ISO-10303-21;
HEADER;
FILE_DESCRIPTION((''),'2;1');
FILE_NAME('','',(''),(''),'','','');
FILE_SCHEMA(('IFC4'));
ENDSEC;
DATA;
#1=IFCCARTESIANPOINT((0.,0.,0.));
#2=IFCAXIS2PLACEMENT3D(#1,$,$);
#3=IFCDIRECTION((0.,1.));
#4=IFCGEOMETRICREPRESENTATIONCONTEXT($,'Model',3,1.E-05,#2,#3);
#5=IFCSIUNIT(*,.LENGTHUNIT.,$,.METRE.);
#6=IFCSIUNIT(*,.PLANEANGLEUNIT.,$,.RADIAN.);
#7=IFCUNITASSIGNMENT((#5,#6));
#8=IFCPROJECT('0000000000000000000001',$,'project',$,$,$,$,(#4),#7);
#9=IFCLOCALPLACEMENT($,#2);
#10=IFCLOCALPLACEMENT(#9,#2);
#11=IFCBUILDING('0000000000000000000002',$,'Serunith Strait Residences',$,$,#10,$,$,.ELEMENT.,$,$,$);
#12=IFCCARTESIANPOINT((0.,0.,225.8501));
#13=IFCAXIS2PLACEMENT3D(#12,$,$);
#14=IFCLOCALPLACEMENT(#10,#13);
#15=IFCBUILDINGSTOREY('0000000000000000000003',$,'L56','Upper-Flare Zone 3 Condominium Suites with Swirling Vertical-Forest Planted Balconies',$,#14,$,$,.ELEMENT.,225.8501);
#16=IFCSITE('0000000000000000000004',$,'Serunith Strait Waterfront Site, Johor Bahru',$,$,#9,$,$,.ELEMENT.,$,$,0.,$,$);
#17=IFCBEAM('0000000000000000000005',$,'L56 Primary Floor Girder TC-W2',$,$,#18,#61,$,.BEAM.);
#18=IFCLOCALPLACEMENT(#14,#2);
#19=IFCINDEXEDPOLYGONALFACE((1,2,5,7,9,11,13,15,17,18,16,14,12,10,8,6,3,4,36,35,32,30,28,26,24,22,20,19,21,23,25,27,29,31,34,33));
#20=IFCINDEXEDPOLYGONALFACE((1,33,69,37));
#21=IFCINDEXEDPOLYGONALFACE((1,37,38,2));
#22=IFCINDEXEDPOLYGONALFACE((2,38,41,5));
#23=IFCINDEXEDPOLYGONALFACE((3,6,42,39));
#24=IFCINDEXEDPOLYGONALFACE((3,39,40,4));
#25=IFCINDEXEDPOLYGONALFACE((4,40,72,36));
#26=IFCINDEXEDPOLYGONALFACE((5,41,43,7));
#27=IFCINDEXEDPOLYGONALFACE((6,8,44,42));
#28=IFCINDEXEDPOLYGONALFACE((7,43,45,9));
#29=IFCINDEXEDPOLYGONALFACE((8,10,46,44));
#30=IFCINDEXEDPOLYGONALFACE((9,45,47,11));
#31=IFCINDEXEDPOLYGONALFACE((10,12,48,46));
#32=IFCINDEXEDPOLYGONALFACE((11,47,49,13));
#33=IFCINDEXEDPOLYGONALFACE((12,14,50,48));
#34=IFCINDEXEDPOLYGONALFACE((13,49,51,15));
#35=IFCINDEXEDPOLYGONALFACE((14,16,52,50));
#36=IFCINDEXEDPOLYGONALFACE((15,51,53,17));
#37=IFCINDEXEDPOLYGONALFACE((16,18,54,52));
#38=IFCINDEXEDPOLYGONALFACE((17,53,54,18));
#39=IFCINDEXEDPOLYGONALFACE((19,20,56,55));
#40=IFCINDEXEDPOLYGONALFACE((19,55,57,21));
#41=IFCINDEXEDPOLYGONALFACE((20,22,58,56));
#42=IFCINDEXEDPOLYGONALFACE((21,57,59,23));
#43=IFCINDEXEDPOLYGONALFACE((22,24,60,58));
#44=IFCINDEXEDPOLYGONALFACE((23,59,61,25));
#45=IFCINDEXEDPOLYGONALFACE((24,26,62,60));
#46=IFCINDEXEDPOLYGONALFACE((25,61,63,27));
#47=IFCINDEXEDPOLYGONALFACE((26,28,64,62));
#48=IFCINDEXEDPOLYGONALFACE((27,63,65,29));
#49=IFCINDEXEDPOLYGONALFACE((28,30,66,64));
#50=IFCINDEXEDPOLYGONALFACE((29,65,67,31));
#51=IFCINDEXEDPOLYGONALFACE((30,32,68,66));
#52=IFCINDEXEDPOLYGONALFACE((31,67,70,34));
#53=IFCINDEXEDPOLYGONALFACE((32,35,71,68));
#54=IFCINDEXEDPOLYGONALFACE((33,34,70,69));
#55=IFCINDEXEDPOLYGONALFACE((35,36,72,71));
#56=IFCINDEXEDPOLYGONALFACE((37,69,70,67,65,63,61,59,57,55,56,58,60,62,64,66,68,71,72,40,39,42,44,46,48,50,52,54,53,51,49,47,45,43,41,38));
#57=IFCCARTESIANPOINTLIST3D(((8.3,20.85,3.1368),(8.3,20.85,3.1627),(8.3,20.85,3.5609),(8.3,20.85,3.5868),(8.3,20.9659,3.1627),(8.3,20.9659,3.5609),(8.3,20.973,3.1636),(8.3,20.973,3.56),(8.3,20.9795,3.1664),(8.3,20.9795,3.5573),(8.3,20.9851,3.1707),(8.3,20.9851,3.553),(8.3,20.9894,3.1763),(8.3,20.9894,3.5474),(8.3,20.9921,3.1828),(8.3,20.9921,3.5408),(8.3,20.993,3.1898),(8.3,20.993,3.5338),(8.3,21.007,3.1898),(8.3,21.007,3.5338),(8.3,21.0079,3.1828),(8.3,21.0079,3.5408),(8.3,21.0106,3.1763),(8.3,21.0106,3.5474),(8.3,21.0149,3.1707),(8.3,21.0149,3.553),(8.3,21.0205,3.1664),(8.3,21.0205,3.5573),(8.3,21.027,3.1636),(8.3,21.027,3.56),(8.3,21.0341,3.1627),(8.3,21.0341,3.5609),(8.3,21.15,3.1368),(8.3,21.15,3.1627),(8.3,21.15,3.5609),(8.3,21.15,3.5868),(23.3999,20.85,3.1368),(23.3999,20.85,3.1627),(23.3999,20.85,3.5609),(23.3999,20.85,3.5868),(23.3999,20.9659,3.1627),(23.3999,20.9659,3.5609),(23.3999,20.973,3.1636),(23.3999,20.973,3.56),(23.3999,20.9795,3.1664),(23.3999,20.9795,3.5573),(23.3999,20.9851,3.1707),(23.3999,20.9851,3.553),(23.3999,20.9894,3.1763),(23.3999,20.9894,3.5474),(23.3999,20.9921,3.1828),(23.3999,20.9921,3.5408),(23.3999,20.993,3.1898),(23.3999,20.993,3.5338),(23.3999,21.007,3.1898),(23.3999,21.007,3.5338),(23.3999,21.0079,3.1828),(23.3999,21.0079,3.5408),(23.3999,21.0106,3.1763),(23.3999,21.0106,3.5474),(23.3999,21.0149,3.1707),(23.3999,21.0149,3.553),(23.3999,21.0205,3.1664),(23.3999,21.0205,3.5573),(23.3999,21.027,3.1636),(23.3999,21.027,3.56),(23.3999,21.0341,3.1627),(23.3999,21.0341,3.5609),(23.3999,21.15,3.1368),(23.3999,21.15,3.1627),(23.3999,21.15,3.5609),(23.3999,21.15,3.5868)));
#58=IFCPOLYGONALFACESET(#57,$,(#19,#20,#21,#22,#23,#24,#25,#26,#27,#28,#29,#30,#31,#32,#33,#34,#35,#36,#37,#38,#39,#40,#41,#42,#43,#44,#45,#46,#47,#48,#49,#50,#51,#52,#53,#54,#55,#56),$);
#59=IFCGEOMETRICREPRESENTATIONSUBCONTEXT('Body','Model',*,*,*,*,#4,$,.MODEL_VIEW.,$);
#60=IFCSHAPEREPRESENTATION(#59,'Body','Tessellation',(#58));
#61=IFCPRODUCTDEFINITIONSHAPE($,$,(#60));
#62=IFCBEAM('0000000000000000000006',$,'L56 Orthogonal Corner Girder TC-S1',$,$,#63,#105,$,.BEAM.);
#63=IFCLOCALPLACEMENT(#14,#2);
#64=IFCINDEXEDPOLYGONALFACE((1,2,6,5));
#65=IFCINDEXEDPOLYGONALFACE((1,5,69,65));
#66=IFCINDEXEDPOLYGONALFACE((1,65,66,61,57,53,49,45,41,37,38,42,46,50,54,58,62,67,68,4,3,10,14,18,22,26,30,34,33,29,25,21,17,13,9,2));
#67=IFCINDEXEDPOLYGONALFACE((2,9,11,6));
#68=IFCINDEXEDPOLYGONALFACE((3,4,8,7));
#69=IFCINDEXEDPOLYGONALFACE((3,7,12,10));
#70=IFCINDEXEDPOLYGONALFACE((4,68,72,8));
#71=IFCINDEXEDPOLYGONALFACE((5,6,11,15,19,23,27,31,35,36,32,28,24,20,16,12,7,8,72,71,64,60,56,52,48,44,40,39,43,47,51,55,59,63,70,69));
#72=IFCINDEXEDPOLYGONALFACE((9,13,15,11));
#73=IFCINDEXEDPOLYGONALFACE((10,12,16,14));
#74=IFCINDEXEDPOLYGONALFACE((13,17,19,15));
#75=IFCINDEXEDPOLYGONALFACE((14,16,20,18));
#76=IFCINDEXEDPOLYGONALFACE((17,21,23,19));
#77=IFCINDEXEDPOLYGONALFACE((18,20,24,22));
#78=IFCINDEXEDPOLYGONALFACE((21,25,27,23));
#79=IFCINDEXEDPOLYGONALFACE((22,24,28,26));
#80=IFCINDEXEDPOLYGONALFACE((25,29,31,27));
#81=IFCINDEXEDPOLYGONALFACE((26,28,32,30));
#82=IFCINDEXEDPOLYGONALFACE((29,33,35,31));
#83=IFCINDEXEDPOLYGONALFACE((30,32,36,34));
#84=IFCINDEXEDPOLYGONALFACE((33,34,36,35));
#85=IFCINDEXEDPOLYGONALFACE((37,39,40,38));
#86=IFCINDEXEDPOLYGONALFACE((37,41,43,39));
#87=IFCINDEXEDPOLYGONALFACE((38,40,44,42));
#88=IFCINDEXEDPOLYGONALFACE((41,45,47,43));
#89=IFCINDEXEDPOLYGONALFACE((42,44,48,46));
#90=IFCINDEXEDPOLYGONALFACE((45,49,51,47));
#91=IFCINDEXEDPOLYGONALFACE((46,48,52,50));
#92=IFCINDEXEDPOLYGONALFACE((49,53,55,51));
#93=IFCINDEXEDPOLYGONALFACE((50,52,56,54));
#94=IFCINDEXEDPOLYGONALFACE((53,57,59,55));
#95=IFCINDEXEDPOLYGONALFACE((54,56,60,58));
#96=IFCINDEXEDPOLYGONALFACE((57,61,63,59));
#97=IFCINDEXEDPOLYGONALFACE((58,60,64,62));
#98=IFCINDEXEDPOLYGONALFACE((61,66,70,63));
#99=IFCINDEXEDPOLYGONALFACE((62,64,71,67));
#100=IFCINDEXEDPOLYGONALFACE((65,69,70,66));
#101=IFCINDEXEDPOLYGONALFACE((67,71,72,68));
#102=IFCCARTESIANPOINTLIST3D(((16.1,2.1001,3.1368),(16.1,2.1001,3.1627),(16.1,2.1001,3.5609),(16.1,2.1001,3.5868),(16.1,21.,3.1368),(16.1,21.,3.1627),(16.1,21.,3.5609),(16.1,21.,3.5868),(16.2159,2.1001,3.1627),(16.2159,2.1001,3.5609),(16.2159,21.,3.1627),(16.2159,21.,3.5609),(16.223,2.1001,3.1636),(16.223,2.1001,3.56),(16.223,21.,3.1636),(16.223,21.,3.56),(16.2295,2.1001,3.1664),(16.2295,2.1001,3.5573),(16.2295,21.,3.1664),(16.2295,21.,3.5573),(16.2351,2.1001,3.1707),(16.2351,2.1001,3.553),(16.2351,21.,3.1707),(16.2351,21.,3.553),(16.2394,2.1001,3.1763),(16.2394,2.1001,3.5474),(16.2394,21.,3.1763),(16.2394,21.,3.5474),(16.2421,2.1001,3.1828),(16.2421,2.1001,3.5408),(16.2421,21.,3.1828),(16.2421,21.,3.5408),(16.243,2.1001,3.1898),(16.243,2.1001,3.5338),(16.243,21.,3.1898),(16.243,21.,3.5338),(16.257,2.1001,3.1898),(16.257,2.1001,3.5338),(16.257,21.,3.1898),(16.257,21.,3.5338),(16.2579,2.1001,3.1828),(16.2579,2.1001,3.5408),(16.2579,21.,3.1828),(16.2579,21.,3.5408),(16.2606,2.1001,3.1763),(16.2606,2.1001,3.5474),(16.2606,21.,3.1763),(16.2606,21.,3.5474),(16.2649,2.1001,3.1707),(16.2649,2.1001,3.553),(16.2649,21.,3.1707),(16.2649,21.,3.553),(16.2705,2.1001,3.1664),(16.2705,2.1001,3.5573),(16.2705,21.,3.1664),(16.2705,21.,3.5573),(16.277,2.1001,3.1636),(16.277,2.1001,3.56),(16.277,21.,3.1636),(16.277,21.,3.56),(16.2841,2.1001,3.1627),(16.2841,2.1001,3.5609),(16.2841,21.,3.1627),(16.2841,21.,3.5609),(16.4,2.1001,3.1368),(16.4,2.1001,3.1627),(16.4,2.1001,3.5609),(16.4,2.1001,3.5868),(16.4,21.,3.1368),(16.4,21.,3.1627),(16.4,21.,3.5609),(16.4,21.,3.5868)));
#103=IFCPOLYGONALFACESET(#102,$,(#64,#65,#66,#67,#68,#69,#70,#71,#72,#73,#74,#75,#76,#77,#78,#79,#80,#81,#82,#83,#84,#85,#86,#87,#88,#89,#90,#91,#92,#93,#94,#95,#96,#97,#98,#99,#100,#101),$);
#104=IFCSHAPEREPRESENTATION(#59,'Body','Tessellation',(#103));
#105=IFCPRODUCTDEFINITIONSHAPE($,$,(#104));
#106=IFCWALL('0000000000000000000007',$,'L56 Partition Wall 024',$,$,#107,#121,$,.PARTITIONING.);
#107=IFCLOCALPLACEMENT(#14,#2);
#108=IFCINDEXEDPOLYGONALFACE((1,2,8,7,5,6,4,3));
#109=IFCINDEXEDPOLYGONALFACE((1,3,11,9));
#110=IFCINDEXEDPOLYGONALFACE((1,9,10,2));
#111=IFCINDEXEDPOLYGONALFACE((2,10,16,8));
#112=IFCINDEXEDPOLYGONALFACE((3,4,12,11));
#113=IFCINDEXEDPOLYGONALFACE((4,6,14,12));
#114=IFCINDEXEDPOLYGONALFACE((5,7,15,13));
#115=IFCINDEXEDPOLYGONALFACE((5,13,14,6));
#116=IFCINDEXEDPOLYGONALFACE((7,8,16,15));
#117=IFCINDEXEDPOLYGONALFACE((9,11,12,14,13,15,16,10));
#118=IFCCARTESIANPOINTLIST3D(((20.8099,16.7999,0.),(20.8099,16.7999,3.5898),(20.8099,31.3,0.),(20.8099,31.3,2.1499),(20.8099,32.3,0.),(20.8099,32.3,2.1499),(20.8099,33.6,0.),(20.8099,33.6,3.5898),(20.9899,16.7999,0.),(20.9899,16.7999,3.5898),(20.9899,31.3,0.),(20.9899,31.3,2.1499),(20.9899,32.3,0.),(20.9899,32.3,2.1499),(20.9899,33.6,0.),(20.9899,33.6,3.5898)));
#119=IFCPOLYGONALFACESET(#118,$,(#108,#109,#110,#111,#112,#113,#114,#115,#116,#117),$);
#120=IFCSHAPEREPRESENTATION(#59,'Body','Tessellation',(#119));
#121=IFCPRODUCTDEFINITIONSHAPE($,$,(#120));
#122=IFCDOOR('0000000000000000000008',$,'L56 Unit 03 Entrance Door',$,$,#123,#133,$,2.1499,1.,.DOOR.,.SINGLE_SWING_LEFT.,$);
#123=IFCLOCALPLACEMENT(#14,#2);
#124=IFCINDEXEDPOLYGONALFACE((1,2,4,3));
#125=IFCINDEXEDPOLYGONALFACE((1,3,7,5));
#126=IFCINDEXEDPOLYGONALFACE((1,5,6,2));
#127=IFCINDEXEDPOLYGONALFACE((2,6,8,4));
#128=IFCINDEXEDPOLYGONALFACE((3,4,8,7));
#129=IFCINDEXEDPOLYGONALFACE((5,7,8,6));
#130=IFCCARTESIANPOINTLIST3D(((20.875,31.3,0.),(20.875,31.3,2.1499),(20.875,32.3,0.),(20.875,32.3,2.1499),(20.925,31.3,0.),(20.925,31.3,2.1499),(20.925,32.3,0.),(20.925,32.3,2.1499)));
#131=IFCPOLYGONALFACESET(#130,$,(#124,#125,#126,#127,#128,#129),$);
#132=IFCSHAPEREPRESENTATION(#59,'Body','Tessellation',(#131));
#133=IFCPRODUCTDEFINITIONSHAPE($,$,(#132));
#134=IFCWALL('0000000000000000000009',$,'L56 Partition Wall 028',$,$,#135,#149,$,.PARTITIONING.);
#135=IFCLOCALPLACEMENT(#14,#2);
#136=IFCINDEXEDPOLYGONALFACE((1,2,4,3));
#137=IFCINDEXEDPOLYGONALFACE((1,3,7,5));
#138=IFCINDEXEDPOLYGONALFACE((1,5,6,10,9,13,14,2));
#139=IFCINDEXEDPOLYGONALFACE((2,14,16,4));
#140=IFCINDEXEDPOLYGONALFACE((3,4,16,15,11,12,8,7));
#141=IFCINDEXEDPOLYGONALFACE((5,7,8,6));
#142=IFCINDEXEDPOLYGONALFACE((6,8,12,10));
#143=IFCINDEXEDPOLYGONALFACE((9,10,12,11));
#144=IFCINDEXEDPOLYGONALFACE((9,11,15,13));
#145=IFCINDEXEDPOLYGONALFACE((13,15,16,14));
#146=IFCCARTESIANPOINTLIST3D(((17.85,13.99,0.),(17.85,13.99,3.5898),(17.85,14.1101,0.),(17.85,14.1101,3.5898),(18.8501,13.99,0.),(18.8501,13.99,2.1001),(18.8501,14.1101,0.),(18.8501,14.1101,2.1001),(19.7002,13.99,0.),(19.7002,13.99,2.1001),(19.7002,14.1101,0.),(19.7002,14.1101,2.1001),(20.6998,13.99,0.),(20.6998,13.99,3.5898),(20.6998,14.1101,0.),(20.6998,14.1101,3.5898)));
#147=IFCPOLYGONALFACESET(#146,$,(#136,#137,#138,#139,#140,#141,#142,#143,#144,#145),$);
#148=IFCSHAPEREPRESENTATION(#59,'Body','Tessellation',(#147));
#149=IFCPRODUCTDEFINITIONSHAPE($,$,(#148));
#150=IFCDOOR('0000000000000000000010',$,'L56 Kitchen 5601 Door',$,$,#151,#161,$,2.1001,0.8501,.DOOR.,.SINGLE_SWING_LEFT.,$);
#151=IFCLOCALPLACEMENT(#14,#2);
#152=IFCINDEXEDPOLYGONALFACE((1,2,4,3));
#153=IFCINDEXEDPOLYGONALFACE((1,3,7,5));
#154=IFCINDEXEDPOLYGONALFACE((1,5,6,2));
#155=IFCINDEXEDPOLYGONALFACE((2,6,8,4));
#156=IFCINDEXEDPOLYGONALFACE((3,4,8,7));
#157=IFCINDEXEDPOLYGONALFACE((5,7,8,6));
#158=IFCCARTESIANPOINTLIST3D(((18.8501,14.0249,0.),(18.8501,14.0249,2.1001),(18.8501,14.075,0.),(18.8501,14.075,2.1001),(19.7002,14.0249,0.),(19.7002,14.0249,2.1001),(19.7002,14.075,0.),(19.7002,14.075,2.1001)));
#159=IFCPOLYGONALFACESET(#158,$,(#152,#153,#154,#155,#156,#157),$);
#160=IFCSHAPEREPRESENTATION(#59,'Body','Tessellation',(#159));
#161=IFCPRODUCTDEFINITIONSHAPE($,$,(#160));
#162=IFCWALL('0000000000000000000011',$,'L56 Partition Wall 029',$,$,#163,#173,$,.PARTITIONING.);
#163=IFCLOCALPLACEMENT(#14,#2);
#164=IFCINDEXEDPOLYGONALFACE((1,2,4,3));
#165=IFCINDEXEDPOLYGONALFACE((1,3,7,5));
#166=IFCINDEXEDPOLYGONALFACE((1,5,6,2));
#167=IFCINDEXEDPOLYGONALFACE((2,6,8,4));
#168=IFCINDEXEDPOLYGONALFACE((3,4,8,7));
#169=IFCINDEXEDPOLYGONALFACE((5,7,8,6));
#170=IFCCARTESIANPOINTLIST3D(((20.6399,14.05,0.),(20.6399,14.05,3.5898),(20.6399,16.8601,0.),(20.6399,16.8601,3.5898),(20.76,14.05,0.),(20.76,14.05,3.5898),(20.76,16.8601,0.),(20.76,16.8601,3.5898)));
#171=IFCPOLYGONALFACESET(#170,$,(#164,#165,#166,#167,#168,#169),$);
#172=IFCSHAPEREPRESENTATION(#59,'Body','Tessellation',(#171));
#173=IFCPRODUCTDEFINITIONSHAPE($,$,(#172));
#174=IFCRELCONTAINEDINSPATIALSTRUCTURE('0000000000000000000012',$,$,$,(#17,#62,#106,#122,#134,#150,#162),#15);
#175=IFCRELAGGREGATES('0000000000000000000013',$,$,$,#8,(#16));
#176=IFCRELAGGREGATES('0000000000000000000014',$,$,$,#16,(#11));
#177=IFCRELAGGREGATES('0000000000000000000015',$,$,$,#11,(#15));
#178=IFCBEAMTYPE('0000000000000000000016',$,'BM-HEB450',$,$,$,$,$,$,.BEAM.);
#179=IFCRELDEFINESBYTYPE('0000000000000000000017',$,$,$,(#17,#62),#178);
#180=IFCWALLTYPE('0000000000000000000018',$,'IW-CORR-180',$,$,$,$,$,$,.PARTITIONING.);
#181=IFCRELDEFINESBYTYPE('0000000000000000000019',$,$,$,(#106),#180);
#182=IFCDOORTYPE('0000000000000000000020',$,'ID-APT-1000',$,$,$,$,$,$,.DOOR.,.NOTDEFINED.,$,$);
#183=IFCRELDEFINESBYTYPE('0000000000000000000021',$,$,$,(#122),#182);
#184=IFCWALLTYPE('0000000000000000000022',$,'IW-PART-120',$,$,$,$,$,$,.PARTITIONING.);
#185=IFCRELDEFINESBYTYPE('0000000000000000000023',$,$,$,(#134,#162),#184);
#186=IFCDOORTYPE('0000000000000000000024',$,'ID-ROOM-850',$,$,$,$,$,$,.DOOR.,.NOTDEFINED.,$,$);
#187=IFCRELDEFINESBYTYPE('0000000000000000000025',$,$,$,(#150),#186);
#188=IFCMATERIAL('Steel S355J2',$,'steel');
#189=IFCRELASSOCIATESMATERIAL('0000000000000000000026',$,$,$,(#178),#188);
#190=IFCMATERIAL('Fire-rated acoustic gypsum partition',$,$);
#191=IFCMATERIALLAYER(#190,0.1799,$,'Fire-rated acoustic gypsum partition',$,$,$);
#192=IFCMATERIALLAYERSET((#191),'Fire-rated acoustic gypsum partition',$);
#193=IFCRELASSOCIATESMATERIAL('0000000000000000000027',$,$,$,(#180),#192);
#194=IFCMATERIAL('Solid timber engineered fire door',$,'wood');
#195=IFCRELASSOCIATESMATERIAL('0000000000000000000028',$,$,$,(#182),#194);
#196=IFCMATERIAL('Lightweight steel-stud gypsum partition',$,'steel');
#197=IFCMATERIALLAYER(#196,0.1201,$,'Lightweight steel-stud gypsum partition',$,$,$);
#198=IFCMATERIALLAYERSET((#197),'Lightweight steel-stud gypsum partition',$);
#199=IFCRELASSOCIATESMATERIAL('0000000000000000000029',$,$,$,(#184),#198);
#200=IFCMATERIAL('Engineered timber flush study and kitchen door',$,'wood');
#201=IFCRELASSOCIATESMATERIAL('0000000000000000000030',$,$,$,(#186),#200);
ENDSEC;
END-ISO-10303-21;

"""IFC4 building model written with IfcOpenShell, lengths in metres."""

from ifc_helpers import new_model, si_unit, direction, frame, frame_2d, origin, origin_2d, place, context, subcontext, project, spatial, rectangle, i_section, extrude, source, transform, mapped, material, layer, layer_set, material_profile, profile_set, type_object, element, fill, save


model = new_model("IFC4")

# Units and contexts
model_context = context("Model", 3, precision=1e-05, world=origin(), true_north=direction((0.0, 1.0)))
body_context = subcontext(model_context, "Body", "Model", "MODEL_VIEW")
ifc_project = project(units=[si_unit("LENGTHUNIT", "METRE"), si_unit("PLANEANGLEUNIT", "RADIAN")], contexts=[model_context])

# Site, building, storey
site_placement = place(None, origin())
site = spatial("IfcSite", under=ifc_project, at=site_placement, Name="Serunith Strait Waterfront Site, Johor Bahru", CompositionType="ELEMENT", RefElevation=0.0)
building_placement = place(site_placement, origin())
building = spatial("IfcBuilding", under=site, at=building_placement, Name="Serunith Strait Residences", CompositionType="ELEMENT")
storey_placement = place(building_placement, frame((0.0, 0.0, 225.8501)))
storey = spatial("IfcBuildingStorey", under=building, at=storey_placement, Name="L56", Description="Upper-Flare Zone 3 Condominium Suites with Swirling Vertical-Forest Planted Balconies", CompositionType="ELEMENT", Elevation=225.8501)

# Beams
ifc_material_1 = material(Name="Steel S355J2", Category="steel")
ifc_material_profile = material_profile(ifc_material_1, i_section(OverallWidth=0.3, OverallDepth=0.45, WebThickness=0.0139, FlangeThickness=0.0259, FilletRadius=0.0271, at=origin_2d()), Name="HEB 450")
ifc_profile_set = profile_set([ifc_material_profile], Name="Steel S355J2")
beam_type = type_object("IfcBeamType", Name="BM-HEB450", PredefinedType="BEAM", material=ifc_profile_set)
shared_shape_1 = source(origin(), body_context, "Body", "SweptSolid", [
    extrude(i_section(OverallWidth=0.3, OverallDepth=0.45, WebThickness=0.0139, FlangeThickness=0.0259, FilletRadius=0.0271, at=origin_2d()), origin(), (0.0, 0.0, 1.0), 15.0999),
])
beam_1_placement = place(storey_placement, frame((23.3999, 21.0, 3.3618), z_axis=(-1.0, 0.0, 0.0), x_axis=(0.0, -1.0, 0.0)))
element("IfcBeam", 1, at=beam_1_placement, inside=storey, type_object=beam_type, Name="L56 Primary Floor Girder TC-W2", PredefinedType="BEAM", context=body_context, shape_type="MappedRepresentation", body=[
    mapped(shared_shape_1, transform((0.0, 0.0, 0.0), scale=1.0)),
])
shared_shape_2 = source(origin(), body_context, "Body", "SweptSolid", [
    extrude(i_section(OverallWidth=0.3, OverallDepth=0.45, WebThickness=0.0139, FlangeThickness=0.0259, FilletRadius=0.0271, at=origin_2d()), origin(), (0.0, 0.0, 1.0), 18.8999),
])
beam_2_placement = place(storey_placement, frame((16.25, 21.0, 3.3618), z_axis=(0.0, -1.0, 0.0), x_axis=(1.0, 0.0, 0.0)))
element("IfcBeam", 2, at=beam_2_placement, inside=storey, type_object=beam_type, Name="L56 Orthogonal Corner Girder TC-S1", PredefinedType="BEAM", context=body_context, shape_type="MappedRepresentation", body=[
    mapped(shared_shape_2, transform((0.0, 0.0, 0.0), scale=1.0)),
])

# Walls, openings, doors
ifc_material_2 = material(Name="Fire-rated acoustic gypsum partition")
ifc_layer_1 = layer(ifc_material_2, 0.1799, Name="Fire-rated acoustic gypsum partition")
ifc_layer_set_1 = layer_set([ifc_layer_1], Name="Fire-rated acoustic gypsum partition")
wall_type_1 = type_object("IfcWallType", Name="IW-CORR-180", PredefinedType="PARTITIONING", material=ifc_layer_set_1)
ifc_material_3 = material(Name="Solid timber engineered fire door", Category="wood")
door_type_1 = type_object("IfcDoorType", Name="ID-APT-1000", OperationType="NOTDEFINED", PredefinedType="DOOR", material=ifc_material_3)
shared_shape_3 = source(origin(), body_context, "Body", "SweptSolid", [
    extrude(rectangle(XDim=1.0, YDim=2.1499, at=frame_2d((0.5, 1.075))), frame((0.0, 0.0249, 0.0), z_axis=(0.0, -1.0, 0.0), x_axis=(1.0, 0.0, 0.0)), (0.0, 0.0, 1.0), 0.05),
])
wall_1_placement = place(storey_placement, frame((20.8999, 16.8, 0.0), z_axis=(0.0, 0.0, 1.0), x_axis=(0.0, 1.0, 0.0)))
wall_1 = element("IfcWall", 3, at=wall_1_placement, inside=storey, type_object=wall_type_1, Name="L56 Partition Wall 024", PredefinedType="PARTITIONING", context=body_context, shape_type="SweptSolid", body=[
    extrude(rectangle(XDim=16.8, YDim=0.1799, at=frame_2d((8.3999, 0.0))), origin(), (0.0, 0.0, 1.0), 3.5898),
])
opening_1_placement = place(wall_1_placement, frame((14.5, 0.0, 0.0)))
opening_1 = element("IfcOpeningElement", 4, at=opening_1_placement, cuts=wall_1, PredefinedType="OPENING", context=body_context, shape_type="SweptSolid", body=[
    extrude(rectangle(XDim=1.0, YDim=2.1499, at=frame_2d((0.5, 1.075))), frame((0.0, 0.1001, 0.0), z_axis=(0.0, -1.0, 0.0), x_axis=(1.0, 0.0, 0.0)), (0.0, 0.0, 1.0), 0.2),
])
door_1_placement = place(opening_1_placement, origin())
door_1 = element("IfcDoor", 5, at=door_1_placement, inside=storey, type_object=door_type_1, Name="L56 Unit 03 Entrance Door", OperationType="SINGLE_SWING_LEFT", OverallHeight=2.1499, OverallWidth=1.0, PredefinedType="DOOR", context=body_context, shape_type="MappedRepresentation", body=[
    mapped(shared_shape_3, transform((0.0, 0.0, 0.0), scale=1.0)),
])
fill(opening_1, door_1)
ifc_material_4 = material(Name="Lightweight steel-stud gypsum partition", Category="steel")
ifc_layer_2 = layer(ifc_material_4, 0.1201, Name="Lightweight steel-stud gypsum partition")
ifc_layer_set_2 = layer_set([ifc_layer_2], Name="Lightweight steel-stud gypsum partition")
wall_type_2 = type_object("IfcWallType", Name="IW-PART-120", PredefinedType="PARTITIONING", material=ifc_layer_set_2)
wall_2_placement = place(storey_placement, frame((17.8501, 14.05, 0.0), z_axis=(0.0, 0.0, 1.0), x_axis=(1.0, 0.0, 0.0)))
wall_2 = element("IfcWall", 6, at=wall_2_placement, inside=storey, type_object=wall_type_2, Name="L56 Partition Wall 028", PredefinedType="PARTITIONING", context=body_context, shape_type="SweptSolid", body=[
    extrude(rectangle(XDim=2.8499, YDim=0.1201, at=frame_2d((1.4248, 0.0))), origin(), (0.0, 0.0, 1.0), 3.5898),
])
opening_2_placement = place(wall_2_placement, frame((1.0, 0.0, 0.0)))
opening_2 = element("IfcOpeningElement", 7, at=opening_2_placement, cuts=wall_2, PredefinedType="OPENING", context=body_context, shape_type="SweptSolid", body=[
    extrude(rectangle(XDim=0.8501, YDim=2.1001, at=frame_2d((0.425, 1.05))), frame((0.0, 0.0701, 0.0), z_axis=(0.0, -1.0, 0.0), x_axis=(1.0, 0.0, 0.0)), (0.0, 0.0, 1.0), 0.1401),
])
ifc_material_5 = material(Name="Engineered timber flush study and kitchen door", Category="wood")
door_type_2 = type_object("IfcDoorType", Name="ID-ROOM-850", OperationType="NOTDEFINED", PredefinedType="DOOR", material=ifc_material_5)
shared_shape_4 = source(origin(), body_context, "Body", "SweptSolid", [
    extrude(rectangle(XDim=0.8501, YDim=2.1001, at=frame_2d((0.425, 1.05))), frame((0.0, 0.0249, 0.0), z_axis=(0.0, -1.0, 0.0), x_axis=(1.0, 0.0, 0.0)), (0.0, 0.0, 1.0), 0.05),
])
door_2_placement = place(opening_2_placement, origin())
door_2 = element("IfcDoor", 8, at=door_2_placement, inside=storey, type_object=door_type_2, Name="L56 Kitchen 5601 Door", OperationType="SINGLE_SWING_LEFT", OverallHeight=2.1001, OverallWidth=0.8501, PredefinedType="DOOR", context=body_context, shape_type="MappedRepresentation", body=[
    mapped(shared_shape_4, transform((0.0, 0.0, 0.0), scale=1.0)),
])
fill(opening_2, door_2)

# Wall
wall_3_placement = place(storey_placement, frame((20.7, 14.05, 0.0), z_axis=(0.0, 0.0, 1.0), x_axis=(0.0, 1.0, 0.0)))
element("IfcWall", 9, at=wall_3_placement, inside=storey, type_object=wall_type_2, Name="L56 Partition Wall 029", PredefinedType="PARTITIONING", context=body_context, shape_type="SweptSolid", body=[
    extrude(rectangle(XDim=2.8101, YDim=0.1201, at=frame_2d((1.405, 0.0))), origin(), (0.0, 0.0, 1.0), 3.5898),
])

save(model, "model.ifc")
